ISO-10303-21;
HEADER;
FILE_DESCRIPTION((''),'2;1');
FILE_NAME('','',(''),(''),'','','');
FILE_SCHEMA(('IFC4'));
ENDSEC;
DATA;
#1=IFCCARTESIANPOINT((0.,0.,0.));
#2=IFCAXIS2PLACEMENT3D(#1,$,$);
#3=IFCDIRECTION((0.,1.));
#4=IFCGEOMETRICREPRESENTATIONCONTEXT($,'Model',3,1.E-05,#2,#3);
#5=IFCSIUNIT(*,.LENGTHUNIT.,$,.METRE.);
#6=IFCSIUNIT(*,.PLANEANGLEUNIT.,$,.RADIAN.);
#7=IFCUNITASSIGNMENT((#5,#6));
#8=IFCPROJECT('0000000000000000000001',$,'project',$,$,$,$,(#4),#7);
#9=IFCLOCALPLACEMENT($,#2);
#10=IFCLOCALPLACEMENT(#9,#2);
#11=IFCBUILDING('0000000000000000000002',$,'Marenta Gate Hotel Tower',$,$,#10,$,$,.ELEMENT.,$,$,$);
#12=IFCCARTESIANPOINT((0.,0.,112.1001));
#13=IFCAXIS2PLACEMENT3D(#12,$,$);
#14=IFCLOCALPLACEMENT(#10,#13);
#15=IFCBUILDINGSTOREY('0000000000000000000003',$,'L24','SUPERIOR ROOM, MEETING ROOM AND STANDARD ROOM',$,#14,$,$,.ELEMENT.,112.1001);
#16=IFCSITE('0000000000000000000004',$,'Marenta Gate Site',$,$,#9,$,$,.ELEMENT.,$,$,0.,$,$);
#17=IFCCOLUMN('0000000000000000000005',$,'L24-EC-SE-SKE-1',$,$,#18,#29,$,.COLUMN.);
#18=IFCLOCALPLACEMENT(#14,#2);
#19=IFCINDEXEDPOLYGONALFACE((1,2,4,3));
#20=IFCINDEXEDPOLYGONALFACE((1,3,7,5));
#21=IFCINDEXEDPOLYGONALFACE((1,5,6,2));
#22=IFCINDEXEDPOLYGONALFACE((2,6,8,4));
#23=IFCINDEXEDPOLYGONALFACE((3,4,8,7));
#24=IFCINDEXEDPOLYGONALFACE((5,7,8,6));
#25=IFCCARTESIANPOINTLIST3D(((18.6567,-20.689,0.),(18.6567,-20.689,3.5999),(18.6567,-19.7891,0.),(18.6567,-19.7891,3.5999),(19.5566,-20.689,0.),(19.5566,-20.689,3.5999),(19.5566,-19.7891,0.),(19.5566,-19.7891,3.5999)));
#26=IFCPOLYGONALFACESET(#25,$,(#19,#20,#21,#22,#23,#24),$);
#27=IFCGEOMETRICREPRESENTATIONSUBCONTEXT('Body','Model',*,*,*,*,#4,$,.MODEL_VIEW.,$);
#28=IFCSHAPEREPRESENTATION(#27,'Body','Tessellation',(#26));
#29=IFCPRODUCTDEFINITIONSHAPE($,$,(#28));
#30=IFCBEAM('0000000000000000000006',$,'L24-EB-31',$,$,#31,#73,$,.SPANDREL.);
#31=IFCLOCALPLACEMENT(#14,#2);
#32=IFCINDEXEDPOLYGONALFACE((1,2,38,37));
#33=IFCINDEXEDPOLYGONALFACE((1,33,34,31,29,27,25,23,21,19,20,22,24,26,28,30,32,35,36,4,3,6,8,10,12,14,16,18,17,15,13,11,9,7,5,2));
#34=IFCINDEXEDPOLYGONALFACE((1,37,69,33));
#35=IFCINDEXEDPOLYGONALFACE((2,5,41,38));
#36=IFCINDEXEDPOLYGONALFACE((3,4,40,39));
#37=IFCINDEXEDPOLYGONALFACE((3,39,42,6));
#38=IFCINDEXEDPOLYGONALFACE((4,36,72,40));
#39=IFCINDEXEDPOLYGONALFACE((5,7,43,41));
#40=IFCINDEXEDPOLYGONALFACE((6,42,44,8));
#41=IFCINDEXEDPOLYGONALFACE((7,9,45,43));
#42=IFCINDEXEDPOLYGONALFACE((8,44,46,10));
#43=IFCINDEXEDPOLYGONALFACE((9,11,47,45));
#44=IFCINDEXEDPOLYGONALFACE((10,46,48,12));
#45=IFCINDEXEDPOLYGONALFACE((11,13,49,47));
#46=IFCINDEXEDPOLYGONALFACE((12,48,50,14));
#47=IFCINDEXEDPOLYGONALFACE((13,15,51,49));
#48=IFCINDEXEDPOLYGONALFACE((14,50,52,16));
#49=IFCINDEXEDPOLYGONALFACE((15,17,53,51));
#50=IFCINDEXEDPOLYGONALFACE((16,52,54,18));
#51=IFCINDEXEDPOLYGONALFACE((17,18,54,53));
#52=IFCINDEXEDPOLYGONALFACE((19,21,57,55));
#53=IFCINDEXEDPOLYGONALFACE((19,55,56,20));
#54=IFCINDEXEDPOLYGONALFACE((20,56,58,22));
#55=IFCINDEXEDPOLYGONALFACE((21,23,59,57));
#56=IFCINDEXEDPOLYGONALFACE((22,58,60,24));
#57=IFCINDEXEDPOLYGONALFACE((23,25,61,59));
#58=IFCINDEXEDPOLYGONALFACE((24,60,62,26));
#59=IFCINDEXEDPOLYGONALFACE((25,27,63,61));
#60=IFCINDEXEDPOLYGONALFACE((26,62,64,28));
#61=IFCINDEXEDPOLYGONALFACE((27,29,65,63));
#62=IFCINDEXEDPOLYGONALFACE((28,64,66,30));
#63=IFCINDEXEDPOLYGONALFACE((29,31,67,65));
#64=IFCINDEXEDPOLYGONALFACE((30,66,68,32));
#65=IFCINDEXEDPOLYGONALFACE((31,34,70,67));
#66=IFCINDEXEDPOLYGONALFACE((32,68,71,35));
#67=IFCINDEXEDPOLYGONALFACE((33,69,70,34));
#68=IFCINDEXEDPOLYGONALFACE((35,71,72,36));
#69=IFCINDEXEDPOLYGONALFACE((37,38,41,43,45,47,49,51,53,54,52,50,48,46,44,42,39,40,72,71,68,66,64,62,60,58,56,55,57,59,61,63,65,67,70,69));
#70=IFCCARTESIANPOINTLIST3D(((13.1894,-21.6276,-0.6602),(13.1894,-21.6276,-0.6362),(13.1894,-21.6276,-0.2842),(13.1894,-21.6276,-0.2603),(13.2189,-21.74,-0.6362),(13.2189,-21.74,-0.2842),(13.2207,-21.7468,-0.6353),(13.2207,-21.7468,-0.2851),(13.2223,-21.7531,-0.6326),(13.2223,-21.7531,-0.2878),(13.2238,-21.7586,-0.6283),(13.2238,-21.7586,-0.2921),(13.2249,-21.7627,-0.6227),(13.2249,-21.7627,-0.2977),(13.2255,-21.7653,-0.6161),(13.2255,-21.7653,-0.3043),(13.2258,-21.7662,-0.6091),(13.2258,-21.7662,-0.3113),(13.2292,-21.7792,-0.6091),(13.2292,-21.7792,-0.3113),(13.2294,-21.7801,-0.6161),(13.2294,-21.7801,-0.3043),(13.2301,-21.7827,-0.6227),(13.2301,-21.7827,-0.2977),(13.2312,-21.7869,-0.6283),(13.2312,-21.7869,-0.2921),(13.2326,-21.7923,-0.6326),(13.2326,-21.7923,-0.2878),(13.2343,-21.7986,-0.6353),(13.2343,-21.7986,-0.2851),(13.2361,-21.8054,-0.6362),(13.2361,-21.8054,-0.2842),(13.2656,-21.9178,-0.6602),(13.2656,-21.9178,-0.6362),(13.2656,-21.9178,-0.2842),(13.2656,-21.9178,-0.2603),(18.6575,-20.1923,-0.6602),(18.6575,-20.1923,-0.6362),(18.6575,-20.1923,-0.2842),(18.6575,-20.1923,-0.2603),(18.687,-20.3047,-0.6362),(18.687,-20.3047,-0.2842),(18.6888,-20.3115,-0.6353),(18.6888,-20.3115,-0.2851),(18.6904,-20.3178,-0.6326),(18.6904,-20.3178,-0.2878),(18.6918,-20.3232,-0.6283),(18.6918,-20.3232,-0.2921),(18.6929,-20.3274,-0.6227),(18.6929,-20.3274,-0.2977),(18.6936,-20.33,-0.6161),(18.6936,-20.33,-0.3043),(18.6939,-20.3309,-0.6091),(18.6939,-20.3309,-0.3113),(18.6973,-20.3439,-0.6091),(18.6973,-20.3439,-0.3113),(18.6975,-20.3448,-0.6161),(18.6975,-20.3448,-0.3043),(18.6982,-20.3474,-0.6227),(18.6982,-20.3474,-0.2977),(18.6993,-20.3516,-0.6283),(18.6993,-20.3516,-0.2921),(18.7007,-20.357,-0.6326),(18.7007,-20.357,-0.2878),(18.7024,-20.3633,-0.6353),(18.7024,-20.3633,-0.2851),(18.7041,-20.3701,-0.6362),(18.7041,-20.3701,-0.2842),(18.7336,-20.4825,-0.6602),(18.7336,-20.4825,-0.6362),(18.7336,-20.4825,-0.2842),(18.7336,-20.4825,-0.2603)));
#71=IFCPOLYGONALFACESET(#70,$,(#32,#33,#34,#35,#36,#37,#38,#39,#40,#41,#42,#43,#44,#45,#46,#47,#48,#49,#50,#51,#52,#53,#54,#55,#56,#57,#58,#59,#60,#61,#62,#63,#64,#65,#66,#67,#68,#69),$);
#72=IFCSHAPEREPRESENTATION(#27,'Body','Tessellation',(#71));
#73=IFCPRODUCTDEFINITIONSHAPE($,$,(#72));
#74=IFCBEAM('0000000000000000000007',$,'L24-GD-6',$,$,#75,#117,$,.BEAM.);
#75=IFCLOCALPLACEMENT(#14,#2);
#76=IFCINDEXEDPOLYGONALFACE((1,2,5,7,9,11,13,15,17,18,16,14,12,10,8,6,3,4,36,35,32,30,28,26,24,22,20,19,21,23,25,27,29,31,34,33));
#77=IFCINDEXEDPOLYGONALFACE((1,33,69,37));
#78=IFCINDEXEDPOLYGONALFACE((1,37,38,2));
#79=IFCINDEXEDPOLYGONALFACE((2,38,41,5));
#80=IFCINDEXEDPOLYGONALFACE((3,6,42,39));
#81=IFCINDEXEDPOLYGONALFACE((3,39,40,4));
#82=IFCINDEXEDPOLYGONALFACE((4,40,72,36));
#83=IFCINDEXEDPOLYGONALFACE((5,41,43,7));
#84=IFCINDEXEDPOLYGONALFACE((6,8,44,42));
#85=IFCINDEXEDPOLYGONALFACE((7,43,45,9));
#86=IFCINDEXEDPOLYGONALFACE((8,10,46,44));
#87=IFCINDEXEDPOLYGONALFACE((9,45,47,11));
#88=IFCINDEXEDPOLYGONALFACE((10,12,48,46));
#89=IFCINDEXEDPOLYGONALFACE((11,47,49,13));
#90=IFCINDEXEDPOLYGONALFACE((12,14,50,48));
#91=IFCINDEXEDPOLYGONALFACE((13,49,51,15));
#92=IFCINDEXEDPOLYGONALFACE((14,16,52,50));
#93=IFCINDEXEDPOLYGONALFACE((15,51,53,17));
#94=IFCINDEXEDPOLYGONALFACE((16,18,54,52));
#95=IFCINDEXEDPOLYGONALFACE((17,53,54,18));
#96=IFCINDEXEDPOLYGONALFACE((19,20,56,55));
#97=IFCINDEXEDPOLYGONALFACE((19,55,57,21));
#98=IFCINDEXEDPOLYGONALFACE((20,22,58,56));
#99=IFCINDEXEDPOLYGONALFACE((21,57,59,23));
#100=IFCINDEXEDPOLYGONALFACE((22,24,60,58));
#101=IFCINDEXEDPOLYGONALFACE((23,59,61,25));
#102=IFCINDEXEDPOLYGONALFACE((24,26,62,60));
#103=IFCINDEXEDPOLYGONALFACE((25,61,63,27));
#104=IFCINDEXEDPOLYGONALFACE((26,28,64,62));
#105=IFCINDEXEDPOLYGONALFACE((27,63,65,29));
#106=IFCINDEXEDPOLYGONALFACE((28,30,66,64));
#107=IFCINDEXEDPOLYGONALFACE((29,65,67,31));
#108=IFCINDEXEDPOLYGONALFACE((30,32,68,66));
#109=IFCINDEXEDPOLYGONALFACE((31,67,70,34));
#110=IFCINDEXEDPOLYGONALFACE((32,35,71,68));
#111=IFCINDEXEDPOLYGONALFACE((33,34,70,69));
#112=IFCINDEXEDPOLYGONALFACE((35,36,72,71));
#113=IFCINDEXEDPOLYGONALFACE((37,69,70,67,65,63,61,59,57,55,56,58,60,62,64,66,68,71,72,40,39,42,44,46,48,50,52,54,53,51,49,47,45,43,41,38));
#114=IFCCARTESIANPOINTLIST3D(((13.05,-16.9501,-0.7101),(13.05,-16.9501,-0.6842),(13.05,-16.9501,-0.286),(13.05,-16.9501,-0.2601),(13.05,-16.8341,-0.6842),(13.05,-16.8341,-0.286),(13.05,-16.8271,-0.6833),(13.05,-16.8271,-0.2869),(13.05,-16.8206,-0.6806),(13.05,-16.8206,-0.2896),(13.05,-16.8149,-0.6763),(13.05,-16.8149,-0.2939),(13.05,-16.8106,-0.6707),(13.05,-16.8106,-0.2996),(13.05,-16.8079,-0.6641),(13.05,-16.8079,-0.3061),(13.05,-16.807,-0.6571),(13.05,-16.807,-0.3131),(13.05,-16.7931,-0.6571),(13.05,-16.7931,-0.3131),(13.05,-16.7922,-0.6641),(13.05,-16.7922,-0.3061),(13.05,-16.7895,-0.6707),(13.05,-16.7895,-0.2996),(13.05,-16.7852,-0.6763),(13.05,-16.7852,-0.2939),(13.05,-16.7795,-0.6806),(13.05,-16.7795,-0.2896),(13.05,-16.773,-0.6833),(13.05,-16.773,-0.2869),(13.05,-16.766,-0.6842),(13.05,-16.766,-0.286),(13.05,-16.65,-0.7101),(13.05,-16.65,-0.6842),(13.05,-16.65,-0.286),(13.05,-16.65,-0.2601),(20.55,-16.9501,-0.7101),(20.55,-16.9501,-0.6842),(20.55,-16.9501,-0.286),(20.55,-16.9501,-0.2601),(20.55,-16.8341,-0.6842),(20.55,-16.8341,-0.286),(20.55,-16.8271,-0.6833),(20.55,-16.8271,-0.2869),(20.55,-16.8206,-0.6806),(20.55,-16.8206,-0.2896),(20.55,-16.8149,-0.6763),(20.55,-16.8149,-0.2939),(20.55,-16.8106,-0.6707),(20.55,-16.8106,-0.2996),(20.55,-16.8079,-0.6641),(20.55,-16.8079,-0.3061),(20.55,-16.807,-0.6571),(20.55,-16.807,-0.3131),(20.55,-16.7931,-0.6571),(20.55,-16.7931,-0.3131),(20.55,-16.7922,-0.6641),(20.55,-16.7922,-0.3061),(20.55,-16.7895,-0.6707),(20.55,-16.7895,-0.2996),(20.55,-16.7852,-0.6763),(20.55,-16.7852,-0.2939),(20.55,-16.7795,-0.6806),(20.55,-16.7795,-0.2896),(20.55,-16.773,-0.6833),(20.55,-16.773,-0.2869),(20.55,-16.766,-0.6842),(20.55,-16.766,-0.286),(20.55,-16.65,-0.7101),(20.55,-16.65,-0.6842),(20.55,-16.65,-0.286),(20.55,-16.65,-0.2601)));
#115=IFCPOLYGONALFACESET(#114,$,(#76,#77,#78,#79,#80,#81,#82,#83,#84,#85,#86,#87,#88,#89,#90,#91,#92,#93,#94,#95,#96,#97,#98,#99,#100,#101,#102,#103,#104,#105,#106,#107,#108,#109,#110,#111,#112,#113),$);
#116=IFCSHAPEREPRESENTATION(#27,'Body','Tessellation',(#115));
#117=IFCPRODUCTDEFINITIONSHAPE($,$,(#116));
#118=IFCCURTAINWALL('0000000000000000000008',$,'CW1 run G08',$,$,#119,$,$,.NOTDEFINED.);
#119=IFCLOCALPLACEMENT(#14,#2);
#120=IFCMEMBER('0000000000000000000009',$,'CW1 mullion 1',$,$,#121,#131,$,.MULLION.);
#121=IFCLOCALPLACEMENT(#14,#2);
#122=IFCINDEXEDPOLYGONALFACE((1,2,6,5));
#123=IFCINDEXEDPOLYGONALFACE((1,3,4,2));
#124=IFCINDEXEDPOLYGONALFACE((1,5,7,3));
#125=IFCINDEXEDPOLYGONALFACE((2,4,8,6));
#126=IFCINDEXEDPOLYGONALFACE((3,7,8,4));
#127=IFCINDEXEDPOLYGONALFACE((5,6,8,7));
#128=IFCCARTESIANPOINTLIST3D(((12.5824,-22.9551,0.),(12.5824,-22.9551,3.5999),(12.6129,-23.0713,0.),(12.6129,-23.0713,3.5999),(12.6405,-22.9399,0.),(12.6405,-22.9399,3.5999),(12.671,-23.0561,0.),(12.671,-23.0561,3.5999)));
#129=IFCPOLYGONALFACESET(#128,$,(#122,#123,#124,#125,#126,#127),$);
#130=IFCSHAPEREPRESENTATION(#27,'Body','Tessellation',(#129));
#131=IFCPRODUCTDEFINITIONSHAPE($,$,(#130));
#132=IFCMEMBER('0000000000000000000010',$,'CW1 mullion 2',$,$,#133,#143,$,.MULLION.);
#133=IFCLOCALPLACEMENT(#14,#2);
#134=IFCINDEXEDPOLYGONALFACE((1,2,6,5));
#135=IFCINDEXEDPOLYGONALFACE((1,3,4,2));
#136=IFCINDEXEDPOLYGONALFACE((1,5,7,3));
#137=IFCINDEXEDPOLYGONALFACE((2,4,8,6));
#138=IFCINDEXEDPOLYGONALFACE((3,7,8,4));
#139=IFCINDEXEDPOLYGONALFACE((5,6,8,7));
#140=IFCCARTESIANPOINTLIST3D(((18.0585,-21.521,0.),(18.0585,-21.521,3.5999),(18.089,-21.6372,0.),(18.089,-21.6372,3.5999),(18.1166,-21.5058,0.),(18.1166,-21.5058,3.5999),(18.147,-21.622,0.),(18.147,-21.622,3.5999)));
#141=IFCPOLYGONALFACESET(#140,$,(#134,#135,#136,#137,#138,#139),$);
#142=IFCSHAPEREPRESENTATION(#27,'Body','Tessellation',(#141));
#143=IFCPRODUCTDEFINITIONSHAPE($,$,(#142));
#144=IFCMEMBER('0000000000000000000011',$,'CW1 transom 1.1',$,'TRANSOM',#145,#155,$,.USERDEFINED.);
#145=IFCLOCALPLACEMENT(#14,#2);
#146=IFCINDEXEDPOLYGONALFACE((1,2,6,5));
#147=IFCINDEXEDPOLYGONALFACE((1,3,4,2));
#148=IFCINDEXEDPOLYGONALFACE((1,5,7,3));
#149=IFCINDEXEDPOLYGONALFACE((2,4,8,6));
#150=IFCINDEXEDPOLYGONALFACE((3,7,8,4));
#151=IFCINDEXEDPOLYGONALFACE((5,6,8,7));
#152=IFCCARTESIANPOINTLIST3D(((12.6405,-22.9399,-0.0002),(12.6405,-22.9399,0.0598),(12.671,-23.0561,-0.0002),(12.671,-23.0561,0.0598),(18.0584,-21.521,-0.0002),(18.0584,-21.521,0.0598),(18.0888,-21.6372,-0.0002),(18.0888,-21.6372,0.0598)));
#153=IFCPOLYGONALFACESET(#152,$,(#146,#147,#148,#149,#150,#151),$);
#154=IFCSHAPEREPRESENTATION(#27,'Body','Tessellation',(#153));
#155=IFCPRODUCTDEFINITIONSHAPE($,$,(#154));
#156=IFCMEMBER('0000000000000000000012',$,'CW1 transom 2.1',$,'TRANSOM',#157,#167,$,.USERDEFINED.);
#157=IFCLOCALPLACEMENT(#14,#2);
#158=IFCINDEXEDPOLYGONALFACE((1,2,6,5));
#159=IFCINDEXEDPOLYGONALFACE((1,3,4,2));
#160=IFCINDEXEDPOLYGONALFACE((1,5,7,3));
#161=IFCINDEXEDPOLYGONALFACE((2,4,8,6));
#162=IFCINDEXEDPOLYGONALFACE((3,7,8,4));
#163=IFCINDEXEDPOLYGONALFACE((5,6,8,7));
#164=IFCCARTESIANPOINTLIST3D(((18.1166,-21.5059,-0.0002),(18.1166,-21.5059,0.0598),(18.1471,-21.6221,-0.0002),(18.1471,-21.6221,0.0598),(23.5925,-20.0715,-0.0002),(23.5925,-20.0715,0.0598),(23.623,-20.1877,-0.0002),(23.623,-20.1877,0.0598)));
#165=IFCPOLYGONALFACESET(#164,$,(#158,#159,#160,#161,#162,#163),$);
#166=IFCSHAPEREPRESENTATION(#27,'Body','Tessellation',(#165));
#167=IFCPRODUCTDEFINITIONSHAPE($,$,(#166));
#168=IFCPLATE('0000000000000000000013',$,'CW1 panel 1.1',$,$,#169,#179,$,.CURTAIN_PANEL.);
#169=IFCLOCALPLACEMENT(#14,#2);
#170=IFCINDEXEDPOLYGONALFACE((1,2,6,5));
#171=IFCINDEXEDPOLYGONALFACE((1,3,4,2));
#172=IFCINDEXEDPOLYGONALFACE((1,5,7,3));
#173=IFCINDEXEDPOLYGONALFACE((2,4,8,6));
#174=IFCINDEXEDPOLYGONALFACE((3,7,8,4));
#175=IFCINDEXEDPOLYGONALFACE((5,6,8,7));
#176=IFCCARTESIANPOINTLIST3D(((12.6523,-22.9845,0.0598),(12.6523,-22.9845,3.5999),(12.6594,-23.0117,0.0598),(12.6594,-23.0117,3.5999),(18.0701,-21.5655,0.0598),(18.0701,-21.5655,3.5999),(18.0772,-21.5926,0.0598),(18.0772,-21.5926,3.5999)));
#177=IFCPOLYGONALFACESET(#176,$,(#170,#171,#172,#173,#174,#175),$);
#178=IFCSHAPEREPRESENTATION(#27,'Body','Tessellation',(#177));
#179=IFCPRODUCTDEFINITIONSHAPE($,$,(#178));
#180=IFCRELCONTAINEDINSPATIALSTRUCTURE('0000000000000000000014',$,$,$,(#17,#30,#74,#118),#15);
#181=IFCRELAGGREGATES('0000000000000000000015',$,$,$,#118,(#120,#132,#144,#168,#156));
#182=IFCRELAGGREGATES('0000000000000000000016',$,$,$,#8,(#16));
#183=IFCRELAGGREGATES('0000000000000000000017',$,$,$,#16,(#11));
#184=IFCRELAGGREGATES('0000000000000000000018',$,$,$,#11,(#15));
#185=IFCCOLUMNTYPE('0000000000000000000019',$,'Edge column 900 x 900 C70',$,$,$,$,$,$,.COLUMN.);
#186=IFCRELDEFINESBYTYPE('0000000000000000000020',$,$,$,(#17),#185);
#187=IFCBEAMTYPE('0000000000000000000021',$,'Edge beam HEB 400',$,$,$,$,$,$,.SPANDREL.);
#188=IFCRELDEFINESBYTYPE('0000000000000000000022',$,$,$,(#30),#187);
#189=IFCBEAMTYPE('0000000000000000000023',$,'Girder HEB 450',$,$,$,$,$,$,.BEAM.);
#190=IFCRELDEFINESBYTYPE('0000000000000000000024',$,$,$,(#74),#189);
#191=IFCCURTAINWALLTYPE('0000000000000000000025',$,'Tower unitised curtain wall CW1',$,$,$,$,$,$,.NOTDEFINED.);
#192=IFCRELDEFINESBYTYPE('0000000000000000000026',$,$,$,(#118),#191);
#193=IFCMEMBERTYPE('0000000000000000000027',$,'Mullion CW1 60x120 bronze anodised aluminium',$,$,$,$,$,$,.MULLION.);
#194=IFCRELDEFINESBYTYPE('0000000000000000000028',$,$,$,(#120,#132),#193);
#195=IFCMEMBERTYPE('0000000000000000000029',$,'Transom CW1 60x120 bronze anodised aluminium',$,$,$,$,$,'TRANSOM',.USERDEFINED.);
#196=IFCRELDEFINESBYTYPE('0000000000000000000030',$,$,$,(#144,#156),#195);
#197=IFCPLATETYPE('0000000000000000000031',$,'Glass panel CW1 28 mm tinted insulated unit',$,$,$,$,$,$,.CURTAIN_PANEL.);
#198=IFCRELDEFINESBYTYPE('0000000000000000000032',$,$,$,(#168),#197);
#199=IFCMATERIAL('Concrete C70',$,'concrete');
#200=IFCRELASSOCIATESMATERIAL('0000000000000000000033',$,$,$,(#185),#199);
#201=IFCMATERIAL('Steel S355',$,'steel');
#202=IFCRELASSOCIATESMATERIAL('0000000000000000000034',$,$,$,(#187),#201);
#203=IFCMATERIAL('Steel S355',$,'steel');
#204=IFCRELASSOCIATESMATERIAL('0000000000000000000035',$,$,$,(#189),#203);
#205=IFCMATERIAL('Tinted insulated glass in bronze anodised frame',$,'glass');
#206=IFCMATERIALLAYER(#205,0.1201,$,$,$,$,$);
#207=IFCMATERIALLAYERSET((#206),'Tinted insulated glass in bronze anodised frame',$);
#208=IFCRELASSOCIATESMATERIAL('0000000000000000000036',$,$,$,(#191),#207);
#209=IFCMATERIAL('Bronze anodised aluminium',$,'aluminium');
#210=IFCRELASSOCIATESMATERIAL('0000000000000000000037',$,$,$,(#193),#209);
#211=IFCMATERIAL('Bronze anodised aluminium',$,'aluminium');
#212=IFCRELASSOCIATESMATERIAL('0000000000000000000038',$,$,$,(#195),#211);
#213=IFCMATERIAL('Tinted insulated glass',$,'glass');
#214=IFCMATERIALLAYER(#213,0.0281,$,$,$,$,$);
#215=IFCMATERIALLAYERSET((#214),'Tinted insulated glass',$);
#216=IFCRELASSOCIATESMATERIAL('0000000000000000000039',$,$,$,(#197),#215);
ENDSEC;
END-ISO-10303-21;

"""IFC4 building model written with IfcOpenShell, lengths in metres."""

from ifc_helpers import new_model, si_unit, direction, frame, origin, origin_2d, place, context, subcontext, project, spatial, rectangle, i_section, extrude, material, layer, layer_set, material_profile, profile_set, type_object, element, aggregate, save


model = new_model("IFC4")

# Units and contexts
model_context = context("Model", 3, precision=1e-05, world=origin(), true_north=direction((0.0, 1.0)))
body_context = subcontext(model_context, "Body", "Model", "MODEL_VIEW")
ifc_project = project(units=[si_unit("LENGTHUNIT", "METRE"), si_unit("PLANEANGLEUNIT", "RADIAN")], contexts=[model_context])

# Site, building, storey
site_placement = place(None, origin())
site = spatial("IfcSite", under=ifc_project, at=site_placement, Name="Marenta Gate Site", CompositionType="ELEMENT", RefElevation=0.0)
building_placement = place(site_placement, origin())
building = spatial("IfcBuilding", under=site, at=building_placement, Name="Marenta Gate Hotel Tower", CompositionType="ELEMENT")
storey_placement = place(building_placement, frame((0.0, 0.0, 112.1001)))
storey = spatial("IfcBuildingStorey", under=building, at=storey_placement, Name="L24", Description="SUPERIOR ROOM, MEETING ROOM AND STANDARD ROOM", CompositionType="ELEMENT", Elevation=112.1001)

# Column
ifc_material_1 = material(Name="Concrete C70", Category="concrete")
ifc_material_profile_1 = material_profile(ifc_material_1, rectangle(XDim=0.8999, YDim=0.8999, at=origin_2d()), Name="900 x 900")
ifc_profile_set_1 = profile_set([ifc_material_profile_1], Name="Concrete C70")
column_type = type_object("IfcColumnType", Name="Edge column 900 x 900 C70", PredefinedType="COLUMN", material=ifc_profile_set_1)
column_placement = place(storey_placement, frame((19.1067, -20.239, 0.0), z_axis=(0.0, 0.0, 1.0), x_axis=(1.0, 0.0, 0.0)))
element("IfcColumn", 1, at=column_placement, inside=storey, type_object=column_type, Name="L24-EC-SE-SKE-1", PredefinedType="COLUMN", context=body_context, shape_type="SweptSolid", body=[
    extrude(rectangle(XDim=0.8999, YDim=0.8999, at=origin_2d()), origin(), (0.0, 0.0, 1.0), 3.5999),
])

# Beams
ifc_material_2 = material(Name="Steel S355", Category="steel")
ifc_material_profile_2 = material_profile(ifc_material_2, i_section(OverallWidth=0.3, OverallDepth=0.3999, WebThickness=0.0134, FlangeThickness=0.0239, FilletRadius=0.0271, at=origin_2d()), Name="HEB 400")
ifc_profile_set_2 = profile_set([ifc_material_profile_2], Name="Steel S355")
beam_type_1 = type_object("IfcBeamType", Name="Edge beam HEB 400", PredefinedType="SPANDREL", material=ifc_profile_set_2)
beam_1_placement = place(storey_placement, frame((18.6956, -20.3374, -0.4602), z_axis=(-0.967233, -0.25389, 0.0), x_axis=(0.25389, -0.967233, 0.0)))
element("IfcBeam", 2, at=beam_1_placement, inside=storey, type_object=beam_type_1, Name="L24-EB-31", PredefinedType="SPANDREL", context=body_context, shape_type="SweptSolid", body=[
    extrude(i_section(OverallWidth=0.3, OverallDepth=0.3999, WebThickness=0.0134, FlangeThickness=0.0239, FilletRadius=0.0271, at=origin_2d()), origin(), (0.0, 0.0, 1.0), 5.6533),
])
ifc_material_3 = material(Name="Steel S355", Category="steel")
ifc_material_profile_3 = material_profile(ifc_material_3, i_section(OverallWidth=0.3, OverallDepth=0.45, WebThickness=0.0139, FlangeThickness=0.0259, FilletRadius=0.0271, at=origin_2d()), Name="HEB 450")
ifc_profile_set_3 = profile_set([ifc_material_profile_3], Name="Steel S355")
beam_type_2 = type_object("IfcBeamType", Name="Girder HEB 450", PredefinedType="BEAM", material=ifc_profile_set_3)
beam_2_placement = place(storey_placement, frame((13.05, -16.8, -0.4851), z_axis=(1.0, 0.0, 0.0), x_axis=(0.0, 1.0, 0.0)))
element("IfcBeam", 3, at=beam_2_placement, inside=storey, type_object=beam_type_2, Name="L24-GD-6", PredefinedType="BEAM", context=body_context, shape_type="SweptSolid", body=[
    extrude(i_section(OverallWidth=0.3, OverallDepth=0.45, WebThickness=0.0139, FlangeThickness=0.0259, FilletRadius=0.0271, at=origin_2d()), origin(), (0.0, 0.0, 1.0), 7.5),
])

# Curtain wall, members, plate
ifc_material_4 = material(Name="Tinted insulated glass in bronze anodised frame", Category="glass")
ifc_layer_1 = layer(ifc_material_4, 0.1201)
ifc_layer_set_1 = layer_set([ifc_layer_1], Name="Tinted insulated glass in bronze anodised frame")
curtain_wall_type = type_object("IfcCurtainWallType", Name="Tower unitised curtain wall CW1", PredefinedType="NOTDEFINED", material=ifc_layer_set_1)
curtain_wall_placement = place(storey_placement, origin())
curtain_wall = element("IfcCurtainWall", 4, at=curtain_wall_placement, inside=storey, type_object=curtain_wall_type, Name="CW1 run G08", PredefinedType="NOTDEFINED")
ifc_material_5 = material(Name="Bronze anodised aluminium", Category="aluminium")
ifc_material_profile_4 = material_profile(ifc_material_5, rectangle(XDim=0.1201, YDim=0.0601, at=origin_2d()), Name="Mullion CW1 60x120 bronze anodised aluminium")
ifc_profile_set_4 = profile_set([ifc_material_profile_4], Name="Bronze anodised aluminium")
member_type_1 = type_object("IfcMemberType", Name="Mullion CW1 60x120 bronze anodised aluminium", PredefinedType="MULLION", material=ifc_profile_set_4)
member_1_placement = place(storey_placement, frame((12.6267, -23.0056, 0.0), z_axis=(0.0, 0.0, 1.0), x_axis=(-0.253374, 0.967368, 0.0)))
member_1 = element("IfcMember", 5, at=member_1_placement, type_object=member_type_1, Name="CW1 mullion 1", PredefinedType="MULLION", context=body_context, shape_type="SweptSolid", body=[
    extrude(rectangle(XDim=0.1201, YDim=0.0601, at=origin_2d()), origin(), (0.0, 0.0, 1.0), 3.5999),
])
member_2_placement = place(storey_placement, frame((18.1028, -21.5715, 0.0), z_axis=(0.0, 0.0, 1.0), x_axis=(-0.253374, 0.967368, 0.0)))
member_2 = element("IfcMember", 6, at=member_2_placement, type_object=member_type_1, Name="CW1 mullion 2", PredefinedType="MULLION", context=body_context, shape_type="SweptSolid", body=[
    extrude(rectangle(XDim=0.1201, YDim=0.0601, at=origin_2d()), origin(), (0.0, 0.0, 1.0), 3.5999),
])
ifc_material_6 = material(Name="Bronze anodised aluminium", Category="aluminium")
ifc_material_profile_5 = material_profile(ifc_material_6, rectangle(XDim=0.1201, YDim=0.0601, at=origin_2d()), Name="Transom CW1 60x120 bronze anodised aluminium")
ifc_profile_set_5 = profile_set([ifc_material_profile_5], Name="Bronze anodised aluminium")
member_type_2 = type_object("IfcMemberType", Name="Transom CW1 60x120 bronze anodised aluminium", ElementType="TRANSOM", PredefinedType="USERDEFINED", material=ifc_profile_set_5)
member_3_placement = place(storey_placement, frame((12.6558, -22.998, 0.0298), z_axis=(0.967374, 0.253352, 0.0), x_axis=(-0.253352, 0.967374, 0.0)))
member_3 = element("IfcMember", 7, at=member_3_placement, type_object=member_type_2, Name="CW1 transom 1.1", ObjectType="TRANSOM", PredefinedType="USERDEFINED", context=body_context, shape_type="SweptSolid", body=[
    extrude(rectangle(XDim=0.1201, YDim=0.0601, at=origin_2d()), origin(), (0.0, 0.0, 1.0), 5.6006),
])
member_4_placement = place(storey_placement, frame((18.1318, -21.564, 0.0298), z_axis=(0.967364, 0.253389, 0.0), x_axis=(-0.253389, 0.967364, 0.0)))
member_4 = element("IfcMember", 8, at=member_4_placement, type_object=member_type_2, Name="CW1 transom 2.1", ObjectType="TRANSOM", PredefinedType="USERDEFINED", context=body_context, shape_type="SweptSolid", body=[
    extrude(rectangle(XDim=0.1201, YDim=0.0601, at=origin_2d()), origin(), (0.0, 0.0, 1.0), 5.6606),
])
ifc_material_7 = material(Name="Tinted insulated glass", Category="glass")
ifc_layer_2 = layer(ifc_material_7, 0.0281)
ifc_layer_set_2 = layer_set([ifc_layer_2], Name="Tinted insulated glass")
plate_type = type_object("IfcPlateType", Name="Glass panel CW1 28 mm tinted insulated unit", PredefinedType="CURTAIN_PANEL", material=ifc_layer_set_2)
plate_1_placement = place(storey_placement, frame((15.3647, -22.2886, 0.0598), z_axis=(0.0, 0.0, 1.0), x_axis=(0.967368, 0.253374, 0.0)))
plate_1 = element("IfcPlate", 9, at=plate_1_placement, type_object=plate_type, Name="CW1 panel 1.1", PredefinedType="CURTAIN_PANEL", context=body_context, shape_type="SweptSolid", body=[
    extrude(rectangle(XDim=5.6006, YDim=0.0281, at=origin_2d()), origin(), (0.0, 0.0, 1.0), 3.54),
])
aggregate(curtain_wall, [member_1, member_2, member_3, plate_1, member_4])

save(model, "model.ifc")
